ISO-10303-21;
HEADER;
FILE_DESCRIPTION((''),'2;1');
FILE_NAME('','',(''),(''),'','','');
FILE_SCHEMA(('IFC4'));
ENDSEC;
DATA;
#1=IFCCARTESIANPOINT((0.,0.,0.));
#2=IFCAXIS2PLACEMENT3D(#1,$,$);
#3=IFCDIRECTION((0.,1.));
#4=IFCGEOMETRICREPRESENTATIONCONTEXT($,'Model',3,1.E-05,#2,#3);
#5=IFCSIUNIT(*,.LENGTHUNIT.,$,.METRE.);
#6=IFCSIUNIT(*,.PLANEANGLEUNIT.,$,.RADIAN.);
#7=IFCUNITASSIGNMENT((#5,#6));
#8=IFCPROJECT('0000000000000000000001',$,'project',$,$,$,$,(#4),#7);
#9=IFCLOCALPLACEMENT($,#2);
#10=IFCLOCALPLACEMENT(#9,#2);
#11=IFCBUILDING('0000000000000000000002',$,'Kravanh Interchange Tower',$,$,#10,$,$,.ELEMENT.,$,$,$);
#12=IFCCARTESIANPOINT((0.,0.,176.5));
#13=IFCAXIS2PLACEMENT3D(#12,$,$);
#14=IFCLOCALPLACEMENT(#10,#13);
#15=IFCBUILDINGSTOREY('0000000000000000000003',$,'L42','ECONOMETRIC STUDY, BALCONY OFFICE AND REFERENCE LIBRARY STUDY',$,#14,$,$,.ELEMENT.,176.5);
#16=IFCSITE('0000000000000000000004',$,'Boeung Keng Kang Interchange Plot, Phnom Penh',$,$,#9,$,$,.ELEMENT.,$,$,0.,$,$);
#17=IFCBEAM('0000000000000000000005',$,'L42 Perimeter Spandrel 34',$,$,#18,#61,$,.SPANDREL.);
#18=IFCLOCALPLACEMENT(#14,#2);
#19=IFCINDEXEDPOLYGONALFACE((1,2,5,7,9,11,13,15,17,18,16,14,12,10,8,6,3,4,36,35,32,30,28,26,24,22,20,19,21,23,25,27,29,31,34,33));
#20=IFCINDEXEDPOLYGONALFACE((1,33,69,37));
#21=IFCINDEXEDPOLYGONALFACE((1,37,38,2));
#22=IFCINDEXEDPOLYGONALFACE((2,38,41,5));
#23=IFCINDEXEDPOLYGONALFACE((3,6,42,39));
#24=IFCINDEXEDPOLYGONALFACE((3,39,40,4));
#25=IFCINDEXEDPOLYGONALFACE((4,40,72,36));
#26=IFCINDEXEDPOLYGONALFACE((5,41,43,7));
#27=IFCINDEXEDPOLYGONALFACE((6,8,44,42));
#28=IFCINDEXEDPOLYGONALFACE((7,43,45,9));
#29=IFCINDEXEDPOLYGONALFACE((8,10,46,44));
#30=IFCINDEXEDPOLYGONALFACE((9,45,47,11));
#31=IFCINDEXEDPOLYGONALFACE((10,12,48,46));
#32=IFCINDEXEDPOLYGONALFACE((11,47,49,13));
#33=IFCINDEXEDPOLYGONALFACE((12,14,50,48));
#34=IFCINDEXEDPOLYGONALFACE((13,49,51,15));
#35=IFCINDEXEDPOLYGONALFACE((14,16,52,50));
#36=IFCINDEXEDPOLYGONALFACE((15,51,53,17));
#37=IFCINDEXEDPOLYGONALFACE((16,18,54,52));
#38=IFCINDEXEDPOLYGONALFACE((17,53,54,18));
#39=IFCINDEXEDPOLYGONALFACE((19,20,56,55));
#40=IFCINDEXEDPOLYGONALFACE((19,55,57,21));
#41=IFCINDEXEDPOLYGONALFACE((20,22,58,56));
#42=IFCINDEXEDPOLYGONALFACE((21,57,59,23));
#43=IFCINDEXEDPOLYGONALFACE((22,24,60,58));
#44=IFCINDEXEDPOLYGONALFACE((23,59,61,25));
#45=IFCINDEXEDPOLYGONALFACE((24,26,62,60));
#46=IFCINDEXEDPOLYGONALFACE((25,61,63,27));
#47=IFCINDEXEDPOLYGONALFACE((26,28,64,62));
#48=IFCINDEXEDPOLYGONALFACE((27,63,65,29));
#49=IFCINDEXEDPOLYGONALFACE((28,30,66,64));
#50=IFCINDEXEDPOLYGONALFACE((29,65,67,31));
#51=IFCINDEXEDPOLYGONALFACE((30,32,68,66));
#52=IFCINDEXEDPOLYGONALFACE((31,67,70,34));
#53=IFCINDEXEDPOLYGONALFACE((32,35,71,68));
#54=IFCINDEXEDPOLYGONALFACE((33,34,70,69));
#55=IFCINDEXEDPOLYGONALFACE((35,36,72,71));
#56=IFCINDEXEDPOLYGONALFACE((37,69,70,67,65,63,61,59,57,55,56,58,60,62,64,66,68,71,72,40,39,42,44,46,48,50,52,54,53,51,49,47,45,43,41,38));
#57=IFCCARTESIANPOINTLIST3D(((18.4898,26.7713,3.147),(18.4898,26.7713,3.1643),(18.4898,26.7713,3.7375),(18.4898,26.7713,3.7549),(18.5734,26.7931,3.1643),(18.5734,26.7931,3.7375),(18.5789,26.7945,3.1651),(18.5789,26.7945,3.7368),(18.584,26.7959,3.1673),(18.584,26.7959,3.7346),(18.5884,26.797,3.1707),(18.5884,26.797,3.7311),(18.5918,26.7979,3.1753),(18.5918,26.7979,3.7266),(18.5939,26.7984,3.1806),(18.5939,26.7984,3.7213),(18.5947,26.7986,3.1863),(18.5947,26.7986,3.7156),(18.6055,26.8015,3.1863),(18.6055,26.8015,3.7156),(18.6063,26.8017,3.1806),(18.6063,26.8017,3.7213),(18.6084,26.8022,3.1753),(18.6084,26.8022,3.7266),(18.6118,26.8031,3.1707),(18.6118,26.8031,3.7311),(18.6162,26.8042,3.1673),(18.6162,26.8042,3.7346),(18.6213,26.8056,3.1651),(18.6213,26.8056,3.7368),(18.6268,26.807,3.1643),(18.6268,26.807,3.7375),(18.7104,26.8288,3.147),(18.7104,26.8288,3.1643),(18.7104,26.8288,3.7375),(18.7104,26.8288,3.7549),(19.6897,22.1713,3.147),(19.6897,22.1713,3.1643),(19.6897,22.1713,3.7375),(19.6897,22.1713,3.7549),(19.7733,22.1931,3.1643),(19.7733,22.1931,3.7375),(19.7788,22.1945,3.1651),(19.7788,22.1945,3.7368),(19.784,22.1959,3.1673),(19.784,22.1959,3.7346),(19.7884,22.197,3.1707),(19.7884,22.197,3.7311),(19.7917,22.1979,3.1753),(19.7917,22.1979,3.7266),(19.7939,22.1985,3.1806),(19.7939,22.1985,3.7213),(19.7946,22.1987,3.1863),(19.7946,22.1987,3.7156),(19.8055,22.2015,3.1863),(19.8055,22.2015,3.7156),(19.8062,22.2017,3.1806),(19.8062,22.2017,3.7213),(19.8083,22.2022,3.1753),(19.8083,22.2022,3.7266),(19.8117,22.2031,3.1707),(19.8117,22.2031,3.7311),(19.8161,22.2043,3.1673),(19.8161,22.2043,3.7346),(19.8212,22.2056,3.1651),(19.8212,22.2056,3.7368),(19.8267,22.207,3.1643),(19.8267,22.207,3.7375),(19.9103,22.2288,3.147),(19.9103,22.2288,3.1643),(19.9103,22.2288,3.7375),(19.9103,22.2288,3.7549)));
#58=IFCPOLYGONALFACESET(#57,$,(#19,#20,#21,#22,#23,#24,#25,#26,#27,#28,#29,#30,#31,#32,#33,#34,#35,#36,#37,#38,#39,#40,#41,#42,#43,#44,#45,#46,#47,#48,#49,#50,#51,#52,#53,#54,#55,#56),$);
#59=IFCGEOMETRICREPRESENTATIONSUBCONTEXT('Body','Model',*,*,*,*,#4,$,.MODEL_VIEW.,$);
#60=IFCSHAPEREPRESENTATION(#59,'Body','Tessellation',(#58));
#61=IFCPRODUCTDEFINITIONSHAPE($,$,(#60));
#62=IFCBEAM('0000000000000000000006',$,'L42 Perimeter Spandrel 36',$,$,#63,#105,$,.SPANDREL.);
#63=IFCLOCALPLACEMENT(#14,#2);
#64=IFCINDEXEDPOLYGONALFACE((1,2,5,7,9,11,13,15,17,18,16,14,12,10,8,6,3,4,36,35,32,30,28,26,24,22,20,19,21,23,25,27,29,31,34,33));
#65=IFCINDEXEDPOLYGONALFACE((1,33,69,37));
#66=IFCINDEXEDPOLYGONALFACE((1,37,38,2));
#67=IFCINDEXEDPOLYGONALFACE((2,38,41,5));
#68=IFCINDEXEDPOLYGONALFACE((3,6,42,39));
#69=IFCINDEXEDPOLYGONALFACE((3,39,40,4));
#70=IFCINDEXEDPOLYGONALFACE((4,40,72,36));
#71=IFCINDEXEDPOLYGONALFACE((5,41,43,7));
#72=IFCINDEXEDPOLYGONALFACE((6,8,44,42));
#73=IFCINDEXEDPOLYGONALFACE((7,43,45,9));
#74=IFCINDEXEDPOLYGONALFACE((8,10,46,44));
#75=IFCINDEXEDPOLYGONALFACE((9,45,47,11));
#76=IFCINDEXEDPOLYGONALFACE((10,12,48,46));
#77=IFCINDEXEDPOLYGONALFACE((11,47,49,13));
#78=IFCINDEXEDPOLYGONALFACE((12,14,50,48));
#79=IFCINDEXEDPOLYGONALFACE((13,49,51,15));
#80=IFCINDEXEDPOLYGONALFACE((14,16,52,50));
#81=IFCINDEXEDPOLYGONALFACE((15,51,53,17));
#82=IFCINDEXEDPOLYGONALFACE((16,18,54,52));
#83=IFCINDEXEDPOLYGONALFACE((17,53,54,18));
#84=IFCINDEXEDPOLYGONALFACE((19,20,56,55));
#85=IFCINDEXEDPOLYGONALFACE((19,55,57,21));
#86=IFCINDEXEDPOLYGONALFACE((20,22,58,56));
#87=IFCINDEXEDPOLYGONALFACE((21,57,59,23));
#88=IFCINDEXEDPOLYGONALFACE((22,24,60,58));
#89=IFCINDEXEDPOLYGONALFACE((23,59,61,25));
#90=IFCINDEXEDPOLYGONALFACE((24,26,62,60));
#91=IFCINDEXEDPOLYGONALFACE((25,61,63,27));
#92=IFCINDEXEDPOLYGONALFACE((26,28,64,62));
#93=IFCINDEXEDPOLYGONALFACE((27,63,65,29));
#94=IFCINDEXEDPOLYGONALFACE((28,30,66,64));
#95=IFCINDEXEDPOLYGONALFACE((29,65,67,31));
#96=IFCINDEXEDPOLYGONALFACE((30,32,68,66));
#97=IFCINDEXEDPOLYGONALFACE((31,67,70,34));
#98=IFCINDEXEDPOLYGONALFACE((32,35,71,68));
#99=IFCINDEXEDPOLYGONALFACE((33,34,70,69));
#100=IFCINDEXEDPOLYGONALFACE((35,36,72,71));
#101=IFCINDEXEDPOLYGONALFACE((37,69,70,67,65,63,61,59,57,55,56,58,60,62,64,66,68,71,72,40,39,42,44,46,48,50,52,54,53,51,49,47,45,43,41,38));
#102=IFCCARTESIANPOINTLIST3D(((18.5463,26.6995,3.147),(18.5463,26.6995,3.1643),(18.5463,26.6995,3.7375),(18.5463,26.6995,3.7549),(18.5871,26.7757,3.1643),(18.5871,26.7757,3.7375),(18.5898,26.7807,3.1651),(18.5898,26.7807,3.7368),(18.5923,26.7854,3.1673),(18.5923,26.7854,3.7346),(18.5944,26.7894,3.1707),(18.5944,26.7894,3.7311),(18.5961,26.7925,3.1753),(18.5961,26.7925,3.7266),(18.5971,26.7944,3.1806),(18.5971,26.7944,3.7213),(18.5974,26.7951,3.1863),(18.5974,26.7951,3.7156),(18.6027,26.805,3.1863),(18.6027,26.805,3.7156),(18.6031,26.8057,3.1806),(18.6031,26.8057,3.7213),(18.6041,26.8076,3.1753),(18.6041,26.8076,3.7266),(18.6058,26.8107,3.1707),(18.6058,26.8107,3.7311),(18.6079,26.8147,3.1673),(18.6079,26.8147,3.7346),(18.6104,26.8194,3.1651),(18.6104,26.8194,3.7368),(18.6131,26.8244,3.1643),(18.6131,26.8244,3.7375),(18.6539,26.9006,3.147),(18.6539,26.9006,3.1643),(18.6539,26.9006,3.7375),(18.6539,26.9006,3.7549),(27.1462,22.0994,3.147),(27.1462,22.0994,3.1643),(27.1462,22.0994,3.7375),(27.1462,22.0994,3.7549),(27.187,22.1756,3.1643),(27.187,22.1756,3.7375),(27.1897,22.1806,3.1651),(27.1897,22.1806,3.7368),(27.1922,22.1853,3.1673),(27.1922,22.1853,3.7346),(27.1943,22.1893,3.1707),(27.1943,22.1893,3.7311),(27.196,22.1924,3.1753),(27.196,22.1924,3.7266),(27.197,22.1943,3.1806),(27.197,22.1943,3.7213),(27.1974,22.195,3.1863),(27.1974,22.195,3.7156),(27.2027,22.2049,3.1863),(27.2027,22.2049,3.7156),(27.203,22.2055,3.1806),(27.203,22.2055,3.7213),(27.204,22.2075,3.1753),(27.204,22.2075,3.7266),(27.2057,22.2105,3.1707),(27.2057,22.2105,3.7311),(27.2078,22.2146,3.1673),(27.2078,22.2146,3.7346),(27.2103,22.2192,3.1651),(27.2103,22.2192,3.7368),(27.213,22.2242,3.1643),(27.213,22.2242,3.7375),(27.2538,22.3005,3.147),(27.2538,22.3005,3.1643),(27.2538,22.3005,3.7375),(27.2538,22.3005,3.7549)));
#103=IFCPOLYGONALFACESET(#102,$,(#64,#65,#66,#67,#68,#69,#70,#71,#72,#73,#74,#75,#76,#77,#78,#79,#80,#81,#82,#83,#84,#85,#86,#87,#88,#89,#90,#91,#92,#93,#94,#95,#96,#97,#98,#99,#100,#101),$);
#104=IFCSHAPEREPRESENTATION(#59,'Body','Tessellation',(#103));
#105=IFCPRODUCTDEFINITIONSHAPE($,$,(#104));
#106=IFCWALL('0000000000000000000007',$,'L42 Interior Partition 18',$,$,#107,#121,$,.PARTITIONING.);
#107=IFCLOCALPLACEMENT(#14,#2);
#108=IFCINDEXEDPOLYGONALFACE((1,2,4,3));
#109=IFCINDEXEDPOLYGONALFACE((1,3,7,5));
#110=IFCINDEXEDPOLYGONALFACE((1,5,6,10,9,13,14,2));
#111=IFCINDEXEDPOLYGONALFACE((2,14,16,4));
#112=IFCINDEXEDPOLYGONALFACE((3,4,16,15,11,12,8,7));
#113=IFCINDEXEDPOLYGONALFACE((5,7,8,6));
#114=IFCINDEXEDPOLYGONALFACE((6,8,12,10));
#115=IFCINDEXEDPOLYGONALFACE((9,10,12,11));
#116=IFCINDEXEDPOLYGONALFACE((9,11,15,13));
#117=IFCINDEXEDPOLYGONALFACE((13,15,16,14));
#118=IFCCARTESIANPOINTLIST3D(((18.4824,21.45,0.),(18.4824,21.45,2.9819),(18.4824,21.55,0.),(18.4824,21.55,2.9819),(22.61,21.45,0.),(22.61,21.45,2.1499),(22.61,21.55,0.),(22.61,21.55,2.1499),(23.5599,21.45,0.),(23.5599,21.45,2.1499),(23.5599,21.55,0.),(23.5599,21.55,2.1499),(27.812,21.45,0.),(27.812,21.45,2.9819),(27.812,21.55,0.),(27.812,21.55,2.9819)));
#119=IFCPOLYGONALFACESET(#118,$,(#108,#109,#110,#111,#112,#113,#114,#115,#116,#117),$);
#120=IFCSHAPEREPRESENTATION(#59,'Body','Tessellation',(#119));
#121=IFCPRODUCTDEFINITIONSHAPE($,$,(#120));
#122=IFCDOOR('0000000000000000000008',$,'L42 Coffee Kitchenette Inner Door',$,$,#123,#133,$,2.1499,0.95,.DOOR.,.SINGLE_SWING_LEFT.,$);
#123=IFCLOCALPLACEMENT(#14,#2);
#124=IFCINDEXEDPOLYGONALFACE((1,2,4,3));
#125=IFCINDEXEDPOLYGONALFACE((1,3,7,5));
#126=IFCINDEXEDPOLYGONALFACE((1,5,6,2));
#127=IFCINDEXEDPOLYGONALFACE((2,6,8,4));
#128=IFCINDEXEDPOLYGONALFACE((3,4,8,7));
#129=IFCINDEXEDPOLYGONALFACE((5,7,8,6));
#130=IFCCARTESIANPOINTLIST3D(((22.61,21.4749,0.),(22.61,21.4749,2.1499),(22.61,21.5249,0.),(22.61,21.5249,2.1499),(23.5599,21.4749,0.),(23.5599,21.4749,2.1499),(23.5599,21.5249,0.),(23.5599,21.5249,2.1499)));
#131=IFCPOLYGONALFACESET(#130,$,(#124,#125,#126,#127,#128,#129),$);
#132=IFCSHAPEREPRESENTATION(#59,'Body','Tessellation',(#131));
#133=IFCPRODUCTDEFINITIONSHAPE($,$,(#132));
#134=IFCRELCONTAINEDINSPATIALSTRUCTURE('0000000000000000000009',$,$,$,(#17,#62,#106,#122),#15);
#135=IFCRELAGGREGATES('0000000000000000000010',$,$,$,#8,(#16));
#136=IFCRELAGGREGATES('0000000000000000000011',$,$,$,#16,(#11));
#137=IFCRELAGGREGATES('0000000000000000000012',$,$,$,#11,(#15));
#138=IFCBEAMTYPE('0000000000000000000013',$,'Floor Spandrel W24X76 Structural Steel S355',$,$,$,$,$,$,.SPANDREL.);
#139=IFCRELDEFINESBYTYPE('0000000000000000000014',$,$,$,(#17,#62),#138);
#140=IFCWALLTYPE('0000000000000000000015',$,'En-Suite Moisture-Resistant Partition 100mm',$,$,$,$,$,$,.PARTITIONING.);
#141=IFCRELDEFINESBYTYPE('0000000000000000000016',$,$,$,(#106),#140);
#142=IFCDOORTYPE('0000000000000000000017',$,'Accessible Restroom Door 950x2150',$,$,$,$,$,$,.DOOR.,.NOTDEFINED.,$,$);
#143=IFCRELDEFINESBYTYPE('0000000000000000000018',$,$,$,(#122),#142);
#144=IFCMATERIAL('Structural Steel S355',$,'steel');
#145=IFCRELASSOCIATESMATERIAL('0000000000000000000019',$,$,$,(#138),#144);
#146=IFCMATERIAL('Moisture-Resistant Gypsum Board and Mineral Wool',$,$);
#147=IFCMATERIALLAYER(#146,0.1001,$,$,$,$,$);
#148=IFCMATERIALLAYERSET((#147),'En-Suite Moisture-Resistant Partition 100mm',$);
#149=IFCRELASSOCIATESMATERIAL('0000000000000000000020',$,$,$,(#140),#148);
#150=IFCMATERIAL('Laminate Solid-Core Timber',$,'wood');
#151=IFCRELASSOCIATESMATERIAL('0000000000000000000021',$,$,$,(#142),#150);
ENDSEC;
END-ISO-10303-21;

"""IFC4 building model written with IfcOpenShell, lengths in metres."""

from ifc_helpers import new_model, si_unit, direction, frame, frame_2d, origin, origin_2d, place, context, subcontext, project, spatial, rectangle, i_section, extrude, material, layer, layer_set, material_profile, profile_set, type_object, element, fill, save


model = new_model("IFC4")

# Units and contexts
model_context = context("Model", 3, precision=1e-05, world=origin(), true_north=direction((0.0, 1.0)))
body_context = subcontext(model_context, "Body", "Model", "MODEL_VIEW")
ifc_project = project(units=[si_unit("LENGTHUNIT", "METRE"), si_unit("PLANEANGLEUNIT", "RADIAN")], contexts=[model_context])

# Site, building, storey
site_placement = place(None, origin())
site = spatial("IfcSite", under=ifc_project, at=site_placement, Name="Boeung Keng Kang Interchange Plot, Phnom Penh", CompositionType="ELEMENT", RefElevation=0.0)
building_placement = place(site_placement, origin())
building = spatial("IfcBuilding", under=site, at=building_placement, Name="Kravanh Interchange Tower", CompositionType="ELEMENT")
storey_placement = place(building_placement, frame((0.0, 0.0, 176.5)))
storey = spatial("IfcBuildingStorey", under=building, at=storey_placement, Name="L42", Description="ECONOMETRIC STUDY, BALCONY OFFICE AND REFERENCE LIBRARY STUDY", CompositionType="ELEMENT", Elevation=176.5)

# Beams
ifc_material_1 = material(Name="Structural Steel S355", Category="steel")
ifc_material_profile_1 = material_profile(ifc_material_1, i_section(OverallWidth=0.228, OverallDepth=0.6079, WebThickness=0.0112, FlangeThickness=0.0173, FilletRadius=0.022, at=origin_2d()), Name="W24X76")
ifc_profile_set_1 = profile_set([ifc_material_profile_1], Name="Structural Steel S355")
beam_type_1 = type_object("IfcBeamType", Name="Floor Spandrel W24X76 Structural Steel S355", PredefinedType="SPANDREL", material=ifc_profile_set_1)
beam_1_placement = place(storey_placement, frame((18.6001, 26.8, 3.4509), z_axis=(0.252407, -0.967621, 0.0), x_axis=(0.967621, 0.252407, 0.0)))
element("IfcBeam", 1, at=beam_1_placement, inside=storey, type_object=beam_type_1, Name="L42 Perimeter Spandrel 34", PredefinedType="SPANDREL", context=body_context, shape_type="SweptSolid", body=[
    extrude(i_section(OverallWidth=0.228, OverallDepth=0.6079, WebThickness=0.0112, FlangeThickness=0.0173, FilletRadius=0.022, at=origin_2d()), origin(), (0.0, 0.0, 1.0), 4.7539),
])
beam_2_placement = place(storey_placement, frame((18.6001, 26.8, 3.4509), z_axis=(0.881777, -0.471666, 0.0), x_axis=(0.471666, 0.881777, 0.0)))
element("IfcBeam", 2, at=beam_2_placement, inside=storey, type_object=beam_type_1, Name="L42 Perimeter Spandrel 36", PredefinedType="SPANDREL", context=body_context, shape_type="SweptSolid", body=[
    extrude(i_section(OverallWidth=0.228, OverallDepth=0.6079, WebThickness=0.0112, FlangeThickness=0.0173, FilletRadius=0.022, at=origin_2d()), origin(), (0.0, 0.0, 1.0), 9.7529),
])

# Wall, opening, door
ifc_material_2 = material(Name="Moisture-Resistant Gypsum Board and Mineral Wool")
ifc_layer_1 = layer(ifc_material_2, 0.1001)
ifc_layer_set_1 = layer_set([ifc_layer_1], Name="En-Suite Moisture-Resistant Partition 100mm")
wall_type_1 = type_object("IfcWallType", Name="En-Suite Moisture-Resistant Partition 100mm", PredefinedType="PARTITIONING", material=ifc_layer_set_1)
wall_1_placement = place(storey_placement, frame((18.4824, 21.5, 0.0), z_axis=(0.0, 0.0, 1.0), x_axis=(1.0, 0.0, 0.0)))
wall_1 = element("IfcWall", 3, at=wall_1_placement, inside=storey, type_object=wall_type_1, Name="L42 Interior Partition 18", PredefinedType="PARTITIONING", context=body_context, shape_type="SweptSolid", body=[
    extrude(rectangle(XDim=9.3296, YDim=0.1001, at=frame_2d((4.6648, 0.0))), origin(), (0.0, 0.0, 1.0), 2.9819),
])
opening_1_placement = place(wall_1_placement, frame((4.1274, 0.0, 0.0)))
opening_1 = element("IfcOpeningElement", 4, at=opening_1_placement, cuts=wall_1, PredefinedType="OPENING", context=body_context, shape_type="SweptSolid", body=[
    extrude(rectangle(XDim=0.95, YDim=2.1499, at=frame_2d((0.4751, 1.075))), frame((0.0, 0.0601, 0.0), z_axis=(0.0, -1.0, 0.0), x_axis=(1.0, 0.0, 0.0)), (0.0, 0.0, 1.0), 0.1201),
])
ifc_material_3 = material(Name="Laminate Solid-Core Timber", Category="wood")
door_type_1 = type_object("IfcDoorType", Name="Accessible Restroom Door 950x2150", OperationType="NOTDEFINED", PredefinedType="DOOR", material=ifc_material_3)
door_1_placement = place(opening_1_placement, origin())
door_1 = element("IfcDoor", 5, at=door_1_placement, inside=storey, type_object=door_type_1, Name="L42 Coffee Kitchenette Inner Door", OperationType="SINGLE_SWING_LEFT", OverallHeight=2.1499, OverallWidth=0.95, PredefinedType="DOOR", context=body_context, shape_type="SweptSolid", body=[
    extrude(rectangle(XDim=0.95, YDim=2.1499, at=frame_2d((0.4751, 1.075))), frame((0.0, 0.0249, 0.0), z_axis=(0.0, -1.0, 0.0), x_axis=(1.0, 0.0, 0.0)), (0.0, 0.0, 1.0), 0.05),
])
fill(opening_1, door_1)

save(model, "model.ifc")
